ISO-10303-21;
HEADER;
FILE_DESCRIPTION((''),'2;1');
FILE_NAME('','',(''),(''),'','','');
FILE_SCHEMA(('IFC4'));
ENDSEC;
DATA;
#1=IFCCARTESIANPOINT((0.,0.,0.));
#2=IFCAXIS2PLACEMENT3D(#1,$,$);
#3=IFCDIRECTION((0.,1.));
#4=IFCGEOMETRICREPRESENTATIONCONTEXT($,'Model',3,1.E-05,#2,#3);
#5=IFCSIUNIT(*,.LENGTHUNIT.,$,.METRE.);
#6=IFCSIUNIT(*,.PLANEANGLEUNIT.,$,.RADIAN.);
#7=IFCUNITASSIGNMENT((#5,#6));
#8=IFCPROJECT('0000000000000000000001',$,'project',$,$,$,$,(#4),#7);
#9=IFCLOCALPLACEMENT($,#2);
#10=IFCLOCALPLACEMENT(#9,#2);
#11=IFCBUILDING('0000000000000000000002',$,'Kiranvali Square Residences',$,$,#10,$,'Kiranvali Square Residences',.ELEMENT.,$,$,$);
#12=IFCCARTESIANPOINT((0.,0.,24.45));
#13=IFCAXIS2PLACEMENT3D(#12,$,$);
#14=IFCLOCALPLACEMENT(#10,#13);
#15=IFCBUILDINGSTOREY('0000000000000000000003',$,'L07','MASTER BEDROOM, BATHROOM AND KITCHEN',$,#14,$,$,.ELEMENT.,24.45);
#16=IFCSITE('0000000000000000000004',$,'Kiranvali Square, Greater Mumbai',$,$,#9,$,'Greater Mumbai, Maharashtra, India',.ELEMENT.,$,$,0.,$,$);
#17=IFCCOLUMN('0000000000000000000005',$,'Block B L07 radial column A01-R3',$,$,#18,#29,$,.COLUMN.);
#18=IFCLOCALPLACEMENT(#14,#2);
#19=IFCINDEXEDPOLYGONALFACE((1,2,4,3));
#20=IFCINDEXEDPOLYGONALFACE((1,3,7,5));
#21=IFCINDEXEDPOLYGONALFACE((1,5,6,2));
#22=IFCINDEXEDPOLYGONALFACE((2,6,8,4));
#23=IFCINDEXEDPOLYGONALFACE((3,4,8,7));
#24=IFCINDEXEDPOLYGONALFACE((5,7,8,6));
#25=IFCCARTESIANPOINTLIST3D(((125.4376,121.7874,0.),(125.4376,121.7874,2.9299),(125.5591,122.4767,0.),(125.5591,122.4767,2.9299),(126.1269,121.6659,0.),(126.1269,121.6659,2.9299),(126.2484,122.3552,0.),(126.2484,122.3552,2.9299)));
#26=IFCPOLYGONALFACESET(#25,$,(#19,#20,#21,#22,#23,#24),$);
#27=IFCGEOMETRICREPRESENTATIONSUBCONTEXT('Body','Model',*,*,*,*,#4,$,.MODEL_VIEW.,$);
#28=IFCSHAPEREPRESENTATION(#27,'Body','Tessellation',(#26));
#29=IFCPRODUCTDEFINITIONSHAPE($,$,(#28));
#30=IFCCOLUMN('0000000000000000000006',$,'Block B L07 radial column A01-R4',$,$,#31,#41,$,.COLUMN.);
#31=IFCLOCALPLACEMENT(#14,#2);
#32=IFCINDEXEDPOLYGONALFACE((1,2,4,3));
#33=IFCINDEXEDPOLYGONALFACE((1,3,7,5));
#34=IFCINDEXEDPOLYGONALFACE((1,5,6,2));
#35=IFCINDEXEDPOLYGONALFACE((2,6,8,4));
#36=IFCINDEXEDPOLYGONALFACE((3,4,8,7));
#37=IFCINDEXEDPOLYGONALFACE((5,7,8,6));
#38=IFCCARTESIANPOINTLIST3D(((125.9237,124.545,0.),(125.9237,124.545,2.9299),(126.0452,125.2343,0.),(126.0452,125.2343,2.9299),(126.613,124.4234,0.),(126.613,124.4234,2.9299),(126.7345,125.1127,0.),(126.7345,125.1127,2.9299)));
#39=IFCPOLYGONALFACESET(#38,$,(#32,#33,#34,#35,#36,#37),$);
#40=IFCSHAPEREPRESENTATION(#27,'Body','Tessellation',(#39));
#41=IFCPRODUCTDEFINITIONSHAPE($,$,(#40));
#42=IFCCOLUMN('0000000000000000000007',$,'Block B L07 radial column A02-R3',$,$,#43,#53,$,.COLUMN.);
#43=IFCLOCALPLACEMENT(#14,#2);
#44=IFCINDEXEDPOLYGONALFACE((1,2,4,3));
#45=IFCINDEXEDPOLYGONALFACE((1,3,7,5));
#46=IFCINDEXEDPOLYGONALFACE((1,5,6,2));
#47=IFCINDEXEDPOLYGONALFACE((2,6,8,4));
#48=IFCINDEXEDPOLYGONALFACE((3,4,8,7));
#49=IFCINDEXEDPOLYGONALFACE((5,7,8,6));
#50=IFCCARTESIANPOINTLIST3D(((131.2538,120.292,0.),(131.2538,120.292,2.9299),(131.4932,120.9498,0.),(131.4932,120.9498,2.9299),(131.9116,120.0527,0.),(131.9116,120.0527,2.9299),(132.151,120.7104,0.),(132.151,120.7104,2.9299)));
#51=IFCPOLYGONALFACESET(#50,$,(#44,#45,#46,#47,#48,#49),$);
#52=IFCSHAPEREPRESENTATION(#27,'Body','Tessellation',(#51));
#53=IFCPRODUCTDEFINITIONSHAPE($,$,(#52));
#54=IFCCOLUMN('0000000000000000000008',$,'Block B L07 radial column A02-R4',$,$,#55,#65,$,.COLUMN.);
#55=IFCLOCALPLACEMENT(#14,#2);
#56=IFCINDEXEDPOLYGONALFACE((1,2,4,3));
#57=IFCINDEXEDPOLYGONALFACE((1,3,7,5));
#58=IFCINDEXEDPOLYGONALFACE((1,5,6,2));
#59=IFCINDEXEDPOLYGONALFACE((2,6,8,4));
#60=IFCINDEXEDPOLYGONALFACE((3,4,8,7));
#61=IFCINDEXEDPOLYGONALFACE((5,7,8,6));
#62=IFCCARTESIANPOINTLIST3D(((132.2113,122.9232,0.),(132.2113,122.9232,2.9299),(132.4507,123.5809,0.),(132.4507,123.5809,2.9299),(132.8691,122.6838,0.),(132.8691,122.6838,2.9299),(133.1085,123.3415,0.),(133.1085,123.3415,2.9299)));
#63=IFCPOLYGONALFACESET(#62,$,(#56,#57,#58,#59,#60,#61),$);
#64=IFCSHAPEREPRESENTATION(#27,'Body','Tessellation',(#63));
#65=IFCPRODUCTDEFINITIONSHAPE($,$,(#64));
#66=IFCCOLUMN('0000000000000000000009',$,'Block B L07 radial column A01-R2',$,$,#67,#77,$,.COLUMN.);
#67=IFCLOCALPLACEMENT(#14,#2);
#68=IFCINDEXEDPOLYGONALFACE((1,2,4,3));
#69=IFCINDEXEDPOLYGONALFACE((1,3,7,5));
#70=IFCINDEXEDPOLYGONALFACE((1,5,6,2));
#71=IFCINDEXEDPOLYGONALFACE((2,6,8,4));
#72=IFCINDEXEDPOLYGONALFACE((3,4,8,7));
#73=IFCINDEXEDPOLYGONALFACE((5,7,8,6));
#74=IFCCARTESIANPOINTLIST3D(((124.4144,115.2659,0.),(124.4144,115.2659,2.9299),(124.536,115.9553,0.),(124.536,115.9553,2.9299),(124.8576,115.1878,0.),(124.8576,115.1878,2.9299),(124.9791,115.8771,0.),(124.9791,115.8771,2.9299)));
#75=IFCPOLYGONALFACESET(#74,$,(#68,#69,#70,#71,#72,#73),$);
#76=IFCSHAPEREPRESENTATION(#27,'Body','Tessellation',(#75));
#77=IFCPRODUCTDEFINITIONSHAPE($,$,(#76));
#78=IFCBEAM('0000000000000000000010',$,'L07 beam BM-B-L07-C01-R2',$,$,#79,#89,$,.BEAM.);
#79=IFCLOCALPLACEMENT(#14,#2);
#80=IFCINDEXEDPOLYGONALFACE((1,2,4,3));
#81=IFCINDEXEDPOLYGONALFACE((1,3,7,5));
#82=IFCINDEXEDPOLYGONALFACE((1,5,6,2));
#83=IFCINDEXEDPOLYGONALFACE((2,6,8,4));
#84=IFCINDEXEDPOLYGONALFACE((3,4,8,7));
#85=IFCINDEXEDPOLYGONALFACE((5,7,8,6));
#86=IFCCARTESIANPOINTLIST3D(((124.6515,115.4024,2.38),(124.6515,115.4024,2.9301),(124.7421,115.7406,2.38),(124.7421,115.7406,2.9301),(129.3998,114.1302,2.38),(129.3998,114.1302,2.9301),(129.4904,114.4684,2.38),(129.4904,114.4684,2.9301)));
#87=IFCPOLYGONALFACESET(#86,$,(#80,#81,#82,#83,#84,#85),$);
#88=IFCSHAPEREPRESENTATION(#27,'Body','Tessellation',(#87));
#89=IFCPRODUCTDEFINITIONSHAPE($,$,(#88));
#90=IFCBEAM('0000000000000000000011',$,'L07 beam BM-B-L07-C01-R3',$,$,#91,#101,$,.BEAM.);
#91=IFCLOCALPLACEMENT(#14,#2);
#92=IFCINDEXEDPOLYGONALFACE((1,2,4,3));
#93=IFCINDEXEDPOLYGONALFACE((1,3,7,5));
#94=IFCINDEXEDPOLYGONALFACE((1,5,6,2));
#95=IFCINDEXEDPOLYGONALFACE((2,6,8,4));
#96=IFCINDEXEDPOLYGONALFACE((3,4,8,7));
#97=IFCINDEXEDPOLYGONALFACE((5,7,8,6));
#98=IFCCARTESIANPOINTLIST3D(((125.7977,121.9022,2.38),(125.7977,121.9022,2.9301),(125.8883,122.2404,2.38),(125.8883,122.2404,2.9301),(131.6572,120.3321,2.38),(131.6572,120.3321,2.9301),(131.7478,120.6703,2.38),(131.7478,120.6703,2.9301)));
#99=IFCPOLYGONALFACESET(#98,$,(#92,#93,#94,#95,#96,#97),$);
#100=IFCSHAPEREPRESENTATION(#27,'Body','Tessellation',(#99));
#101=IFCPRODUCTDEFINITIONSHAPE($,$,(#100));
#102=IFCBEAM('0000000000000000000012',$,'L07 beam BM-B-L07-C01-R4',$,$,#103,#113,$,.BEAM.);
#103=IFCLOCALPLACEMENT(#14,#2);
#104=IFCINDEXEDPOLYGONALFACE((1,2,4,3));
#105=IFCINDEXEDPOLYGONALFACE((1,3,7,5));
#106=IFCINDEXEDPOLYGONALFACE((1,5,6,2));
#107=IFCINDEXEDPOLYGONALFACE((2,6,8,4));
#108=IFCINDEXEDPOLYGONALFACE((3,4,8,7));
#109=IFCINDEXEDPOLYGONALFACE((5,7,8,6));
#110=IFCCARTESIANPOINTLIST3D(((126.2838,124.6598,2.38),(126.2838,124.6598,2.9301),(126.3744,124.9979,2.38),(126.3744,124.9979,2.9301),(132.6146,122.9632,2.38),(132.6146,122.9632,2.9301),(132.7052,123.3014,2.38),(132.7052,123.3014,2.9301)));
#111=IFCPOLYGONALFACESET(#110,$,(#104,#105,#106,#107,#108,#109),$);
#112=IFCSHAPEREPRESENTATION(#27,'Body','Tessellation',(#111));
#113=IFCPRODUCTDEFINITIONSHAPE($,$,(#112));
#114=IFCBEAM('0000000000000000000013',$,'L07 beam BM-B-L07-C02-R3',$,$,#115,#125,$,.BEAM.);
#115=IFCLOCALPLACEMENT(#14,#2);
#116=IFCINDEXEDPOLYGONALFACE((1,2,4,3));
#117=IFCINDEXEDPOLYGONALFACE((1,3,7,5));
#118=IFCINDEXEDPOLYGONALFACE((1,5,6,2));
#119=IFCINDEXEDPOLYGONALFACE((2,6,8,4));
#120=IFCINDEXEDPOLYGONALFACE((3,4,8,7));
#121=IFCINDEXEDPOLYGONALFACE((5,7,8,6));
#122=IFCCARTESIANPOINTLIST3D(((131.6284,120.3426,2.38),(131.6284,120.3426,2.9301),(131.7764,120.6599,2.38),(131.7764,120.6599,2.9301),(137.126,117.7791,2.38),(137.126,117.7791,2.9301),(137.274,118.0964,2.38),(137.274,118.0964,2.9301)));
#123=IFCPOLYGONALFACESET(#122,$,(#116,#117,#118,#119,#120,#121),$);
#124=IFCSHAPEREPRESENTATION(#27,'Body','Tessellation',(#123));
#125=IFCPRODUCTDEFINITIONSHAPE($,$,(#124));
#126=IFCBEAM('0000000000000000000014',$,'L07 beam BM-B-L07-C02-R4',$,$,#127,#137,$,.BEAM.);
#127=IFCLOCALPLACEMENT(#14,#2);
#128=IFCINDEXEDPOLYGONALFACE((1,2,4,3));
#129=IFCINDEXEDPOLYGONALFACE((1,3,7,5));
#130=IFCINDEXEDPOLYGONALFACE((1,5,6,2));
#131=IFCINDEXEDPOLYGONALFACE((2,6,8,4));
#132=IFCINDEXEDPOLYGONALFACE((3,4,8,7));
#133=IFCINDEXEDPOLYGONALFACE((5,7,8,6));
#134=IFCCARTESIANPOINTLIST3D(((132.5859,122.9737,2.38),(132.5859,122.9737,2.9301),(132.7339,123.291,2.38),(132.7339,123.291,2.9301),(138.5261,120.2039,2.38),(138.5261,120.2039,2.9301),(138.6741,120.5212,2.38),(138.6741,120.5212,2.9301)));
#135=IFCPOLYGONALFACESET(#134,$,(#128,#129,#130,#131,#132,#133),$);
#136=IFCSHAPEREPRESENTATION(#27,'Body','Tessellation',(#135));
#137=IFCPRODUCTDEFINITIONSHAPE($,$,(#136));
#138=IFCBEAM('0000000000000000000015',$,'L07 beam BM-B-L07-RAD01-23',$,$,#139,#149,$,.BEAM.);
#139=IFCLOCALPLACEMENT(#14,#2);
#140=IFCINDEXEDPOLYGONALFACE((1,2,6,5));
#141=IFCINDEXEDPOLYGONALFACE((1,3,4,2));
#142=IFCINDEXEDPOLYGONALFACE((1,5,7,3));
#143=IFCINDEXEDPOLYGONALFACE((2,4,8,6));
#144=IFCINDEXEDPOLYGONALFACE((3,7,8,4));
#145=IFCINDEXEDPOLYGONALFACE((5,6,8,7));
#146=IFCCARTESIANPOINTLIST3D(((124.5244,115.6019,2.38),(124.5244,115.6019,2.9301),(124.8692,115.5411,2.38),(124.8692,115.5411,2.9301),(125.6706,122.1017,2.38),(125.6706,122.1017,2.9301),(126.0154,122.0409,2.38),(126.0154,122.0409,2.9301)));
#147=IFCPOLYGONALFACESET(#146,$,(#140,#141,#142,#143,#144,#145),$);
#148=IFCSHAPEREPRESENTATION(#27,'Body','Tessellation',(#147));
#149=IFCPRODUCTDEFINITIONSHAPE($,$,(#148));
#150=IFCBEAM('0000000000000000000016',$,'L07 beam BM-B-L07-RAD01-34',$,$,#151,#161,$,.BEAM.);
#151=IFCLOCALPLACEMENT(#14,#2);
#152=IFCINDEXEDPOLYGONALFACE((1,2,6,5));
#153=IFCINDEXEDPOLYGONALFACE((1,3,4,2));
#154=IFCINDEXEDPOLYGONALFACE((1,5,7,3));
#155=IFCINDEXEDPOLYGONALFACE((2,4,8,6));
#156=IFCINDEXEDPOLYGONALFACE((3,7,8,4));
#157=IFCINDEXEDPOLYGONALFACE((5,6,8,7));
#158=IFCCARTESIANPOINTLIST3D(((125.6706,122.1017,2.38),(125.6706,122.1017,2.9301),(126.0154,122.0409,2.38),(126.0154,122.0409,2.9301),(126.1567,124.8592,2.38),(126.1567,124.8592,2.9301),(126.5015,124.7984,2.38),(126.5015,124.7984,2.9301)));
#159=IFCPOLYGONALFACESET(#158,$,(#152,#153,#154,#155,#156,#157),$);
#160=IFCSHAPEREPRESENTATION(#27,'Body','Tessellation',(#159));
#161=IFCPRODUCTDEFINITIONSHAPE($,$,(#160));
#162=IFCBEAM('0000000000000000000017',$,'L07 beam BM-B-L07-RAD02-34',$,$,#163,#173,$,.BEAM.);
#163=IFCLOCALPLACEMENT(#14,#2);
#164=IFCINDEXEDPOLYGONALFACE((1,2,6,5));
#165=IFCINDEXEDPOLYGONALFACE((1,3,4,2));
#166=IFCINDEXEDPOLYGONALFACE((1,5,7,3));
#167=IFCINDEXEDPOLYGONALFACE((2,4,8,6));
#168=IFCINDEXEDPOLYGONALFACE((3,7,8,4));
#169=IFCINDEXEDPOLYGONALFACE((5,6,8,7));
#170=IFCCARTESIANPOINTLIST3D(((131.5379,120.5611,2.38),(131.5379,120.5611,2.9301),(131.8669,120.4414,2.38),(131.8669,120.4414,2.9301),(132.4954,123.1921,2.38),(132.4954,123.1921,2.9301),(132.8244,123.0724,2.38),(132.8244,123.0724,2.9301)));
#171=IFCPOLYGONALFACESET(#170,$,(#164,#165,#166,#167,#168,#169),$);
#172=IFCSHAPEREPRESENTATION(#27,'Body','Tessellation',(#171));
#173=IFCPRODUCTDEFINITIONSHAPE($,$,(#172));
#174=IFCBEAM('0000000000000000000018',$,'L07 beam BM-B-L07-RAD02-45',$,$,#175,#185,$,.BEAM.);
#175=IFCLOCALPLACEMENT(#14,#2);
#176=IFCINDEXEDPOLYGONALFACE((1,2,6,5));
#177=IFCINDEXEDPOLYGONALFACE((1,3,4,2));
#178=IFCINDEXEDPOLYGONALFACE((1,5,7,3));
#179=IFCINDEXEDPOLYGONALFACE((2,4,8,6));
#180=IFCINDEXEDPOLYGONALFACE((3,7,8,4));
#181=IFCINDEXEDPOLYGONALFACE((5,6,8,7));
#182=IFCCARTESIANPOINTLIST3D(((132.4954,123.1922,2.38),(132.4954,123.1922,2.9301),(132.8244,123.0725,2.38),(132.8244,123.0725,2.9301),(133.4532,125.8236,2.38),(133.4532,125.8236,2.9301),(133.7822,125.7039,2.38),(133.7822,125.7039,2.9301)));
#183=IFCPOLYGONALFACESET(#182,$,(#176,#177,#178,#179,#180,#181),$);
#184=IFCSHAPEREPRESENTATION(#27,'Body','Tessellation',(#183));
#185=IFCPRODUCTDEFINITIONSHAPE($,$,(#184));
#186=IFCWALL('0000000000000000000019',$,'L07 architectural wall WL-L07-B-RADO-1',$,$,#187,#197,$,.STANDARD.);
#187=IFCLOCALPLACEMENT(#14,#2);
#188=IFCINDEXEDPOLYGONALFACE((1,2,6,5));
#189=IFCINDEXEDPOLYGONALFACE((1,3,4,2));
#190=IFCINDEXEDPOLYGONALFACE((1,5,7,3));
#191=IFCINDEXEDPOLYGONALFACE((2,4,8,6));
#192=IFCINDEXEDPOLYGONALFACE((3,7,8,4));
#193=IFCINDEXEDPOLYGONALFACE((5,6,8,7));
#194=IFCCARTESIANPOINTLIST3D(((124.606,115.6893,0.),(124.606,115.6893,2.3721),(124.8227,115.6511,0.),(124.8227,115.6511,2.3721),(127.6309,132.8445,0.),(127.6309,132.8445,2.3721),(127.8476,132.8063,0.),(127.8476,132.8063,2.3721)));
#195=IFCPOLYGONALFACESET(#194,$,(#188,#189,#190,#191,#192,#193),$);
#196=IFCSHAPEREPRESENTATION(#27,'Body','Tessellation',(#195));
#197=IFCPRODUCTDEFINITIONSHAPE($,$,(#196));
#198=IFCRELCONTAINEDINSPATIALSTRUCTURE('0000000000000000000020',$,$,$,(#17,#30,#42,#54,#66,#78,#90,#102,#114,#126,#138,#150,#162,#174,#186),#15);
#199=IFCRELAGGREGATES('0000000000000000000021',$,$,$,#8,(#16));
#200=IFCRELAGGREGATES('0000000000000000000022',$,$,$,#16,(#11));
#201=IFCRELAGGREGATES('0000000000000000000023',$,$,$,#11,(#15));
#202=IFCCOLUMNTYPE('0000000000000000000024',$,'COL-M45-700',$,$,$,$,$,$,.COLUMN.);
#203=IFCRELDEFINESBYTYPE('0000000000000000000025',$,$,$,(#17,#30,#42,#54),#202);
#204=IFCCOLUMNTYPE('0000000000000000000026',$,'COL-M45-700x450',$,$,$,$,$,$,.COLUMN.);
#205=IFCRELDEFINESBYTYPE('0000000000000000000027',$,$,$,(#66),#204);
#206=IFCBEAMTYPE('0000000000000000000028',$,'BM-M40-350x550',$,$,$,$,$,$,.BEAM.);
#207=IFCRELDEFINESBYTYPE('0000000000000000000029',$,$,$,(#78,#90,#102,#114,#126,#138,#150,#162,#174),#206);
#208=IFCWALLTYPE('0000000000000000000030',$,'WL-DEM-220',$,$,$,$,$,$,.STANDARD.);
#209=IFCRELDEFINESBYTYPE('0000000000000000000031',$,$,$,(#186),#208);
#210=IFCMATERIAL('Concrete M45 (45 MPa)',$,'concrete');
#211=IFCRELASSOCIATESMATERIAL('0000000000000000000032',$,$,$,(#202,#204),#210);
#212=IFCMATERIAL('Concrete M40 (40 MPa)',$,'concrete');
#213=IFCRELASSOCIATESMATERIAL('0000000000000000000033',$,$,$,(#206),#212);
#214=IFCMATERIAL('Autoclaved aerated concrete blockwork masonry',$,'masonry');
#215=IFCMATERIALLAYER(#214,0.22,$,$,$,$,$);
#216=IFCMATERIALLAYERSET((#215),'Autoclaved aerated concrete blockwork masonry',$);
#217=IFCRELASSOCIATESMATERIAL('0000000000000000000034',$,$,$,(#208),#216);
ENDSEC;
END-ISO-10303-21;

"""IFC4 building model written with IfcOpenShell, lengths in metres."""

from ifc_helpers import new_model, si_unit, direction, frame, frame_2d, origin, origin_2d, place, context, subcontext, project, spatial, rectangle, extrude, material, layer, layer_set, material_profile, profile_set, type_object, element, save


model = new_model("IFC4")

# Units and contexts
model_context = context("Model", 3, precision=1e-05, world=origin(), true_north=direction((0.0, 1.0)))
body_context = subcontext(model_context, "Body", "Model", "MODEL_VIEW")
ifc_project = project(units=[si_unit("LENGTHUNIT", "METRE"), si_unit("PLANEANGLEUNIT", "RADIAN")], contexts=[model_context])

# Site, building, storey
site_placement = place(None, origin())
site = spatial("IfcSite", under=ifc_project, at=site_placement, Name="Kiranvali Square, Greater Mumbai", LongName="Greater Mumbai, Maharashtra, India", CompositionType="ELEMENT", RefElevation=0.0)
building_placement = place(site_placement, origin())
building = spatial("IfcBuilding", under=site, at=building_placement, Name="Kiranvali Square Residences", LongName="Kiranvali Square Residences", CompositionType="ELEMENT")
storey_placement = place(building_placement, frame((0.0, 0.0, 24.45)))
storey = spatial("IfcBuildingStorey", under=building, at=storey_placement, Name="L07", Description="MASTER BEDROOM, BATHROOM AND KITCHEN", CompositionType="ELEMENT", Elevation=24.45)

# Columns
ifc_material_1 = material(Name="Concrete M45 (45 MPa)", Category="concrete")
ifc_material_profile_1 = material_profile(ifc_material_1, rectangle(XDim=0.7, YDim=0.7, at=origin_2d()), Name="RC 700x700")
ifc_profile_set_1 = profile_set([ifc_material_profile_1], Name="Concrete M45 (45 MPa)")
column_type_1 = type_object("IfcColumnType", Name="COL-M45-700", PredefinedType="COLUMN", material=ifc_profile_set_1)
for number, where, z_axis, x_axis, name in (
    (1, (125.843, 122.0713, 0.0), (0.0, 0.0, 1.0), (-0.984808, 0.173648, 0.0), "Block B L07 radial column A01-R3"),
    (2, (126.3291, 124.8289, 0.0), (0.0, 0.0, 1.0), (-0.984808, 0.173648, 0.0), "Block B L07 radial column A01-R4"),
    (3, (131.7024, 120.5012, 0.0), (0.0, 0.0, 1.0), (-0.939693, 0.34202, 0.0), "Block B L07 radial column A02-R3"),
    (4, (132.6599, 123.1323, 0.0), (0.0, 0.0, 1.0), (-0.939693, 0.34202, 0.0), "Block B L07 radial column A02-R4"),
):
    element("IfcColumn", number, at=place(storey_placement, frame(where, z_axis=z_axis, x_axis=x_axis)), inside=storey, type_object=column_type_1, Name=name, PredefinedType="COLUMN", context=body_context, shape_type="SweptSolid", body=[
        extrude(rectangle(XDim=0.7, YDim=0.7, at=origin_2d()), origin(), (0.0, 0.0, 1.0), 2.9299),
    ])
ifc_material_profile_2 = material_profile(ifc_material_1, rectangle(XDim=0.45, YDim=0.7, at=origin_2d()), Name="RC 700x450")
ifc_profile_set_2 = profile_set([ifc_material_profile_2], Name="Concrete M45 (45 MPa)")
column_type_2 = type_object("IfcColumnType", Name="COL-M45-700x450", PredefinedType="COLUMN", material=ifc_profile_set_2)
column_placement = place(storey_placement, frame((124.6968, 115.5715, 0.0), z_axis=(0.0, 0.0, 1.0), x_axis=(-0.984808, 0.173648, 0.0)))
element("IfcColumn", 5, at=column_placement, inside=storey, type_object=column_type_2, Name="Block B L07 radial column A01-R2", PredefinedType="COLUMN", context=body_context, shape_type="SweptSolid", body=[
    extrude(rectangle(XDim=0.45, YDim=0.7, at=origin_2d()), origin(), (0.0, 0.0, 1.0), 2.9299),
])

# Beams
ifc_material_2 = material(Name="Concrete M40 (40 MPa)", Category="concrete")
ifc_material_profile_3 = material_profile(ifc_material_2, rectangle(XDim=0.3501, YDim=0.55, at=origin_2d()), Name="RC 350x550")
ifc_profile_set_3 = profile_set([ifc_material_profile_3], Name="Concrete M40 (40 MPa)")
beam_type = type_object("IfcBeamType", Name="BM-M40-350x550", PredefinedType="BEAM", material=ifc_profile_set_3)
beam_1_placement = place(storey_placement, frame((124.6968, 115.5715, 2.655), z_axis=(0.96593, -0.258803, 0.0), x_axis=(0.258803, 0.96593, 0.0)))
element("IfcBeam", 6, at=beam_1_placement, inside=storey, type_object=beam_type, Name="L07 beam BM-B-L07-C01-R2", PredefinedType="BEAM", context=body_context, shape_type="SweptSolid", body=[
    extrude(rectangle(XDim=0.3501, YDim=0.55, at=origin_2d()), origin(), (0.0, 0.0, 1.0), 4.9158),
])
beam_2_placement = place(storey_placement, frame((125.843, 122.0713, 2.655), z_axis=(0.965924, -0.258827, 0.0), x_axis=(0.258827, 0.965924, 0.0)))
element("IfcBeam", 7, at=beam_2_placement, inside=storey, type_object=beam_type, Name="L07 beam BM-B-L07-C01-R3", PredefinedType="BEAM", context=body_context, shape_type="SweptSolid", body=[
    extrude(rectangle(XDim=0.3501, YDim=0.55, at=origin_2d()), origin(), (0.0, 0.0, 1.0), 6.0662),
])
beam_3_placement = place(storey_placement, frame((126.3291, 124.8289, 2.655), z_axis=(0.965918, -0.258847, 0.0), x_axis=(0.258847, 0.965918, 0.0)))
element("IfcBeam", 8, at=beam_3_placement, inside=storey, type_object=beam_type, Name="L07 beam BM-B-L07-C01-R4", PredefinedType="BEAM", context=body_context, shape_type="SweptSolid", body=[
    extrude(rectangle(XDim=0.3501, YDim=0.55, at=origin_2d()), origin(), (0.0, 0.0, 1.0), 6.5542),
])
beam_4_placement = place(storey_placement, frame((131.7024, 120.5012, 2.655), z_axis=(0.906313, -0.422608, 0.0), x_axis=(0.422608, 0.906313, 0.0)))
element("IfcBeam", 9, at=beam_4_placement, inside=storey, type_object=beam_type, Name="L07 beam BM-B-L07-C02-R3", PredefinedType="BEAM", context=body_context, shape_type="SweptSolid", body=[
    extrude(rectangle(XDim=0.3501, YDim=0.55, at=origin_2d()), origin(), (0.0, 0.0, 1.0), 6.0659),
])
beam_5_placement = place(storey_placement, frame((132.6599, 123.1323, 2.655), z_axis=(0.906318, -0.422596, 0.0), x_axis=(0.422596, 0.906318, 0.0)))
element("IfcBeam", 10, at=beam_5_placement, inside=storey, type_object=beam_type, Name="L07 beam BM-B-L07-C02-R4", PredefinedType="BEAM", context=body_context, shape_type="SweptSolid", body=[
    extrude(rectangle(XDim=0.3501, YDim=0.55, at=origin_2d()), origin(), (0.0, 0.0, 1.0), 6.5542),
])
beam_6_placement = place(storey_placement, frame((124.6968, 115.5715, 2.655), z_axis=(0.173671, 0.984804, 0.0), x_axis=(-0.984804, 0.173671, 0.0)))
element("IfcBeam", 11, at=beam_6_placement, inside=storey, type_object=beam_type, Name="L07 beam BM-B-L07-RAD01-23", PredefinedType="BEAM", context=body_context, shape_type="SweptSolid", body=[
    extrude(rectangle(XDim=0.3501, YDim=0.55, at=origin_2d()), origin(), (0.0, 0.0, 1.0), 6.6001),
])
beam_7_placement = place(storey_placement, frame((125.843, 122.0713, 2.655), z_axis=(0.173596, 0.984817, 0.0), x_axis=(-0.984817, 0.173596, 0.0)))
element("IfcBeam", 12, at=beam_7_placement, inside=storey, type_object=beam_type, Name="L07 beam BM-B-L07-RAD01-34", PredefinedType="BEAM", context=body_context, shape_type="SweptSolid", body=[
    extrude(rectangle(XDim=0.3501, YDim=0.55, at=origin_2d()), origin(), (0.0, 0.0, 1.0), 2.8),
])
beam_8_placement = place(storey_placement, frame((131.7024, 120.5012, 2.655), z_axis=(0.341981, 0.939707, 0.0), x_axis=(-0.939707, 0.341981, 0.0)))
element("IfcBeam", 13, at=beam_8_placement, inside=storey, type_object=beam_type, Name="L07 beam BM-B-L07-RAD02-34", PredefinedType="BEAM", context=body_context, shape_type="SweptSolid", body=[
    extrude(rectangle(XDim=0.3501, YDim=0.55, at=origin_2d()), origin(), (0.0, 0.0, 1.0), 2.7998),
])
beam_9_placement = place(storey_placement, frame((132.6599, 123.1323, 2.655), z_axis=(0.34203, 0.939689, 0.0), x_axis=(-0.939689, 0.34203, 0.0)))
element("IfcBeam", 14, at=beam_9_placement, inside=storey, type_object=beam_type, Name="L07 beam BM-B-L07-RAD02-45", PredefinedType="BEAM", context=body_context, shape_type="SweptSolid", body=[
    extrude(rectangle(XDim=0.3501, YDim=0.55, at=origin_2d()), origin(), (0.0, 0.0, 1.0), 2.8003),
])

# Shared definitions
ifc_material_3 = material(Name="Autoclaved aerated concrete blockwork masonry", Category="masonry")

# Wall
ifc_layer_1 = layer(ifc_material_3, 0.22)
ifc_layer_set_1 = layer_set([ifc_layer_1], Name="Autoclaved aerated concrete blockwork masonry")
wall_type_1 = type_object("IfcWallType", Name="WL-DEM-220", PredefinedType="STANDARD", material=ifc_layer_set_1)
wall_1_placement = place(storey_placement, frame((124.7144, 115.6702, 0.0), z_axis=(0.0, 0.0, 1.0), x_axis=(0.173646, 0.984808, 0.0)))
element("IfcWall", 15, at=wall_1_placement, inside=storey, type_object=wall_type_1, Name="L07 architectural wall WL-L07-B-RADO-1", PredefinedType="STANDARD", context=body_context, shape_type="SweptSolid", body=[
    extrude(rectangle(XDim=17.4199, YDim=0.22, at=frame_2d((8.71, 0.0))), origin(), (0.0, 0.0, 1.0), 2.3721),
])

save(model, "model.ifc")
